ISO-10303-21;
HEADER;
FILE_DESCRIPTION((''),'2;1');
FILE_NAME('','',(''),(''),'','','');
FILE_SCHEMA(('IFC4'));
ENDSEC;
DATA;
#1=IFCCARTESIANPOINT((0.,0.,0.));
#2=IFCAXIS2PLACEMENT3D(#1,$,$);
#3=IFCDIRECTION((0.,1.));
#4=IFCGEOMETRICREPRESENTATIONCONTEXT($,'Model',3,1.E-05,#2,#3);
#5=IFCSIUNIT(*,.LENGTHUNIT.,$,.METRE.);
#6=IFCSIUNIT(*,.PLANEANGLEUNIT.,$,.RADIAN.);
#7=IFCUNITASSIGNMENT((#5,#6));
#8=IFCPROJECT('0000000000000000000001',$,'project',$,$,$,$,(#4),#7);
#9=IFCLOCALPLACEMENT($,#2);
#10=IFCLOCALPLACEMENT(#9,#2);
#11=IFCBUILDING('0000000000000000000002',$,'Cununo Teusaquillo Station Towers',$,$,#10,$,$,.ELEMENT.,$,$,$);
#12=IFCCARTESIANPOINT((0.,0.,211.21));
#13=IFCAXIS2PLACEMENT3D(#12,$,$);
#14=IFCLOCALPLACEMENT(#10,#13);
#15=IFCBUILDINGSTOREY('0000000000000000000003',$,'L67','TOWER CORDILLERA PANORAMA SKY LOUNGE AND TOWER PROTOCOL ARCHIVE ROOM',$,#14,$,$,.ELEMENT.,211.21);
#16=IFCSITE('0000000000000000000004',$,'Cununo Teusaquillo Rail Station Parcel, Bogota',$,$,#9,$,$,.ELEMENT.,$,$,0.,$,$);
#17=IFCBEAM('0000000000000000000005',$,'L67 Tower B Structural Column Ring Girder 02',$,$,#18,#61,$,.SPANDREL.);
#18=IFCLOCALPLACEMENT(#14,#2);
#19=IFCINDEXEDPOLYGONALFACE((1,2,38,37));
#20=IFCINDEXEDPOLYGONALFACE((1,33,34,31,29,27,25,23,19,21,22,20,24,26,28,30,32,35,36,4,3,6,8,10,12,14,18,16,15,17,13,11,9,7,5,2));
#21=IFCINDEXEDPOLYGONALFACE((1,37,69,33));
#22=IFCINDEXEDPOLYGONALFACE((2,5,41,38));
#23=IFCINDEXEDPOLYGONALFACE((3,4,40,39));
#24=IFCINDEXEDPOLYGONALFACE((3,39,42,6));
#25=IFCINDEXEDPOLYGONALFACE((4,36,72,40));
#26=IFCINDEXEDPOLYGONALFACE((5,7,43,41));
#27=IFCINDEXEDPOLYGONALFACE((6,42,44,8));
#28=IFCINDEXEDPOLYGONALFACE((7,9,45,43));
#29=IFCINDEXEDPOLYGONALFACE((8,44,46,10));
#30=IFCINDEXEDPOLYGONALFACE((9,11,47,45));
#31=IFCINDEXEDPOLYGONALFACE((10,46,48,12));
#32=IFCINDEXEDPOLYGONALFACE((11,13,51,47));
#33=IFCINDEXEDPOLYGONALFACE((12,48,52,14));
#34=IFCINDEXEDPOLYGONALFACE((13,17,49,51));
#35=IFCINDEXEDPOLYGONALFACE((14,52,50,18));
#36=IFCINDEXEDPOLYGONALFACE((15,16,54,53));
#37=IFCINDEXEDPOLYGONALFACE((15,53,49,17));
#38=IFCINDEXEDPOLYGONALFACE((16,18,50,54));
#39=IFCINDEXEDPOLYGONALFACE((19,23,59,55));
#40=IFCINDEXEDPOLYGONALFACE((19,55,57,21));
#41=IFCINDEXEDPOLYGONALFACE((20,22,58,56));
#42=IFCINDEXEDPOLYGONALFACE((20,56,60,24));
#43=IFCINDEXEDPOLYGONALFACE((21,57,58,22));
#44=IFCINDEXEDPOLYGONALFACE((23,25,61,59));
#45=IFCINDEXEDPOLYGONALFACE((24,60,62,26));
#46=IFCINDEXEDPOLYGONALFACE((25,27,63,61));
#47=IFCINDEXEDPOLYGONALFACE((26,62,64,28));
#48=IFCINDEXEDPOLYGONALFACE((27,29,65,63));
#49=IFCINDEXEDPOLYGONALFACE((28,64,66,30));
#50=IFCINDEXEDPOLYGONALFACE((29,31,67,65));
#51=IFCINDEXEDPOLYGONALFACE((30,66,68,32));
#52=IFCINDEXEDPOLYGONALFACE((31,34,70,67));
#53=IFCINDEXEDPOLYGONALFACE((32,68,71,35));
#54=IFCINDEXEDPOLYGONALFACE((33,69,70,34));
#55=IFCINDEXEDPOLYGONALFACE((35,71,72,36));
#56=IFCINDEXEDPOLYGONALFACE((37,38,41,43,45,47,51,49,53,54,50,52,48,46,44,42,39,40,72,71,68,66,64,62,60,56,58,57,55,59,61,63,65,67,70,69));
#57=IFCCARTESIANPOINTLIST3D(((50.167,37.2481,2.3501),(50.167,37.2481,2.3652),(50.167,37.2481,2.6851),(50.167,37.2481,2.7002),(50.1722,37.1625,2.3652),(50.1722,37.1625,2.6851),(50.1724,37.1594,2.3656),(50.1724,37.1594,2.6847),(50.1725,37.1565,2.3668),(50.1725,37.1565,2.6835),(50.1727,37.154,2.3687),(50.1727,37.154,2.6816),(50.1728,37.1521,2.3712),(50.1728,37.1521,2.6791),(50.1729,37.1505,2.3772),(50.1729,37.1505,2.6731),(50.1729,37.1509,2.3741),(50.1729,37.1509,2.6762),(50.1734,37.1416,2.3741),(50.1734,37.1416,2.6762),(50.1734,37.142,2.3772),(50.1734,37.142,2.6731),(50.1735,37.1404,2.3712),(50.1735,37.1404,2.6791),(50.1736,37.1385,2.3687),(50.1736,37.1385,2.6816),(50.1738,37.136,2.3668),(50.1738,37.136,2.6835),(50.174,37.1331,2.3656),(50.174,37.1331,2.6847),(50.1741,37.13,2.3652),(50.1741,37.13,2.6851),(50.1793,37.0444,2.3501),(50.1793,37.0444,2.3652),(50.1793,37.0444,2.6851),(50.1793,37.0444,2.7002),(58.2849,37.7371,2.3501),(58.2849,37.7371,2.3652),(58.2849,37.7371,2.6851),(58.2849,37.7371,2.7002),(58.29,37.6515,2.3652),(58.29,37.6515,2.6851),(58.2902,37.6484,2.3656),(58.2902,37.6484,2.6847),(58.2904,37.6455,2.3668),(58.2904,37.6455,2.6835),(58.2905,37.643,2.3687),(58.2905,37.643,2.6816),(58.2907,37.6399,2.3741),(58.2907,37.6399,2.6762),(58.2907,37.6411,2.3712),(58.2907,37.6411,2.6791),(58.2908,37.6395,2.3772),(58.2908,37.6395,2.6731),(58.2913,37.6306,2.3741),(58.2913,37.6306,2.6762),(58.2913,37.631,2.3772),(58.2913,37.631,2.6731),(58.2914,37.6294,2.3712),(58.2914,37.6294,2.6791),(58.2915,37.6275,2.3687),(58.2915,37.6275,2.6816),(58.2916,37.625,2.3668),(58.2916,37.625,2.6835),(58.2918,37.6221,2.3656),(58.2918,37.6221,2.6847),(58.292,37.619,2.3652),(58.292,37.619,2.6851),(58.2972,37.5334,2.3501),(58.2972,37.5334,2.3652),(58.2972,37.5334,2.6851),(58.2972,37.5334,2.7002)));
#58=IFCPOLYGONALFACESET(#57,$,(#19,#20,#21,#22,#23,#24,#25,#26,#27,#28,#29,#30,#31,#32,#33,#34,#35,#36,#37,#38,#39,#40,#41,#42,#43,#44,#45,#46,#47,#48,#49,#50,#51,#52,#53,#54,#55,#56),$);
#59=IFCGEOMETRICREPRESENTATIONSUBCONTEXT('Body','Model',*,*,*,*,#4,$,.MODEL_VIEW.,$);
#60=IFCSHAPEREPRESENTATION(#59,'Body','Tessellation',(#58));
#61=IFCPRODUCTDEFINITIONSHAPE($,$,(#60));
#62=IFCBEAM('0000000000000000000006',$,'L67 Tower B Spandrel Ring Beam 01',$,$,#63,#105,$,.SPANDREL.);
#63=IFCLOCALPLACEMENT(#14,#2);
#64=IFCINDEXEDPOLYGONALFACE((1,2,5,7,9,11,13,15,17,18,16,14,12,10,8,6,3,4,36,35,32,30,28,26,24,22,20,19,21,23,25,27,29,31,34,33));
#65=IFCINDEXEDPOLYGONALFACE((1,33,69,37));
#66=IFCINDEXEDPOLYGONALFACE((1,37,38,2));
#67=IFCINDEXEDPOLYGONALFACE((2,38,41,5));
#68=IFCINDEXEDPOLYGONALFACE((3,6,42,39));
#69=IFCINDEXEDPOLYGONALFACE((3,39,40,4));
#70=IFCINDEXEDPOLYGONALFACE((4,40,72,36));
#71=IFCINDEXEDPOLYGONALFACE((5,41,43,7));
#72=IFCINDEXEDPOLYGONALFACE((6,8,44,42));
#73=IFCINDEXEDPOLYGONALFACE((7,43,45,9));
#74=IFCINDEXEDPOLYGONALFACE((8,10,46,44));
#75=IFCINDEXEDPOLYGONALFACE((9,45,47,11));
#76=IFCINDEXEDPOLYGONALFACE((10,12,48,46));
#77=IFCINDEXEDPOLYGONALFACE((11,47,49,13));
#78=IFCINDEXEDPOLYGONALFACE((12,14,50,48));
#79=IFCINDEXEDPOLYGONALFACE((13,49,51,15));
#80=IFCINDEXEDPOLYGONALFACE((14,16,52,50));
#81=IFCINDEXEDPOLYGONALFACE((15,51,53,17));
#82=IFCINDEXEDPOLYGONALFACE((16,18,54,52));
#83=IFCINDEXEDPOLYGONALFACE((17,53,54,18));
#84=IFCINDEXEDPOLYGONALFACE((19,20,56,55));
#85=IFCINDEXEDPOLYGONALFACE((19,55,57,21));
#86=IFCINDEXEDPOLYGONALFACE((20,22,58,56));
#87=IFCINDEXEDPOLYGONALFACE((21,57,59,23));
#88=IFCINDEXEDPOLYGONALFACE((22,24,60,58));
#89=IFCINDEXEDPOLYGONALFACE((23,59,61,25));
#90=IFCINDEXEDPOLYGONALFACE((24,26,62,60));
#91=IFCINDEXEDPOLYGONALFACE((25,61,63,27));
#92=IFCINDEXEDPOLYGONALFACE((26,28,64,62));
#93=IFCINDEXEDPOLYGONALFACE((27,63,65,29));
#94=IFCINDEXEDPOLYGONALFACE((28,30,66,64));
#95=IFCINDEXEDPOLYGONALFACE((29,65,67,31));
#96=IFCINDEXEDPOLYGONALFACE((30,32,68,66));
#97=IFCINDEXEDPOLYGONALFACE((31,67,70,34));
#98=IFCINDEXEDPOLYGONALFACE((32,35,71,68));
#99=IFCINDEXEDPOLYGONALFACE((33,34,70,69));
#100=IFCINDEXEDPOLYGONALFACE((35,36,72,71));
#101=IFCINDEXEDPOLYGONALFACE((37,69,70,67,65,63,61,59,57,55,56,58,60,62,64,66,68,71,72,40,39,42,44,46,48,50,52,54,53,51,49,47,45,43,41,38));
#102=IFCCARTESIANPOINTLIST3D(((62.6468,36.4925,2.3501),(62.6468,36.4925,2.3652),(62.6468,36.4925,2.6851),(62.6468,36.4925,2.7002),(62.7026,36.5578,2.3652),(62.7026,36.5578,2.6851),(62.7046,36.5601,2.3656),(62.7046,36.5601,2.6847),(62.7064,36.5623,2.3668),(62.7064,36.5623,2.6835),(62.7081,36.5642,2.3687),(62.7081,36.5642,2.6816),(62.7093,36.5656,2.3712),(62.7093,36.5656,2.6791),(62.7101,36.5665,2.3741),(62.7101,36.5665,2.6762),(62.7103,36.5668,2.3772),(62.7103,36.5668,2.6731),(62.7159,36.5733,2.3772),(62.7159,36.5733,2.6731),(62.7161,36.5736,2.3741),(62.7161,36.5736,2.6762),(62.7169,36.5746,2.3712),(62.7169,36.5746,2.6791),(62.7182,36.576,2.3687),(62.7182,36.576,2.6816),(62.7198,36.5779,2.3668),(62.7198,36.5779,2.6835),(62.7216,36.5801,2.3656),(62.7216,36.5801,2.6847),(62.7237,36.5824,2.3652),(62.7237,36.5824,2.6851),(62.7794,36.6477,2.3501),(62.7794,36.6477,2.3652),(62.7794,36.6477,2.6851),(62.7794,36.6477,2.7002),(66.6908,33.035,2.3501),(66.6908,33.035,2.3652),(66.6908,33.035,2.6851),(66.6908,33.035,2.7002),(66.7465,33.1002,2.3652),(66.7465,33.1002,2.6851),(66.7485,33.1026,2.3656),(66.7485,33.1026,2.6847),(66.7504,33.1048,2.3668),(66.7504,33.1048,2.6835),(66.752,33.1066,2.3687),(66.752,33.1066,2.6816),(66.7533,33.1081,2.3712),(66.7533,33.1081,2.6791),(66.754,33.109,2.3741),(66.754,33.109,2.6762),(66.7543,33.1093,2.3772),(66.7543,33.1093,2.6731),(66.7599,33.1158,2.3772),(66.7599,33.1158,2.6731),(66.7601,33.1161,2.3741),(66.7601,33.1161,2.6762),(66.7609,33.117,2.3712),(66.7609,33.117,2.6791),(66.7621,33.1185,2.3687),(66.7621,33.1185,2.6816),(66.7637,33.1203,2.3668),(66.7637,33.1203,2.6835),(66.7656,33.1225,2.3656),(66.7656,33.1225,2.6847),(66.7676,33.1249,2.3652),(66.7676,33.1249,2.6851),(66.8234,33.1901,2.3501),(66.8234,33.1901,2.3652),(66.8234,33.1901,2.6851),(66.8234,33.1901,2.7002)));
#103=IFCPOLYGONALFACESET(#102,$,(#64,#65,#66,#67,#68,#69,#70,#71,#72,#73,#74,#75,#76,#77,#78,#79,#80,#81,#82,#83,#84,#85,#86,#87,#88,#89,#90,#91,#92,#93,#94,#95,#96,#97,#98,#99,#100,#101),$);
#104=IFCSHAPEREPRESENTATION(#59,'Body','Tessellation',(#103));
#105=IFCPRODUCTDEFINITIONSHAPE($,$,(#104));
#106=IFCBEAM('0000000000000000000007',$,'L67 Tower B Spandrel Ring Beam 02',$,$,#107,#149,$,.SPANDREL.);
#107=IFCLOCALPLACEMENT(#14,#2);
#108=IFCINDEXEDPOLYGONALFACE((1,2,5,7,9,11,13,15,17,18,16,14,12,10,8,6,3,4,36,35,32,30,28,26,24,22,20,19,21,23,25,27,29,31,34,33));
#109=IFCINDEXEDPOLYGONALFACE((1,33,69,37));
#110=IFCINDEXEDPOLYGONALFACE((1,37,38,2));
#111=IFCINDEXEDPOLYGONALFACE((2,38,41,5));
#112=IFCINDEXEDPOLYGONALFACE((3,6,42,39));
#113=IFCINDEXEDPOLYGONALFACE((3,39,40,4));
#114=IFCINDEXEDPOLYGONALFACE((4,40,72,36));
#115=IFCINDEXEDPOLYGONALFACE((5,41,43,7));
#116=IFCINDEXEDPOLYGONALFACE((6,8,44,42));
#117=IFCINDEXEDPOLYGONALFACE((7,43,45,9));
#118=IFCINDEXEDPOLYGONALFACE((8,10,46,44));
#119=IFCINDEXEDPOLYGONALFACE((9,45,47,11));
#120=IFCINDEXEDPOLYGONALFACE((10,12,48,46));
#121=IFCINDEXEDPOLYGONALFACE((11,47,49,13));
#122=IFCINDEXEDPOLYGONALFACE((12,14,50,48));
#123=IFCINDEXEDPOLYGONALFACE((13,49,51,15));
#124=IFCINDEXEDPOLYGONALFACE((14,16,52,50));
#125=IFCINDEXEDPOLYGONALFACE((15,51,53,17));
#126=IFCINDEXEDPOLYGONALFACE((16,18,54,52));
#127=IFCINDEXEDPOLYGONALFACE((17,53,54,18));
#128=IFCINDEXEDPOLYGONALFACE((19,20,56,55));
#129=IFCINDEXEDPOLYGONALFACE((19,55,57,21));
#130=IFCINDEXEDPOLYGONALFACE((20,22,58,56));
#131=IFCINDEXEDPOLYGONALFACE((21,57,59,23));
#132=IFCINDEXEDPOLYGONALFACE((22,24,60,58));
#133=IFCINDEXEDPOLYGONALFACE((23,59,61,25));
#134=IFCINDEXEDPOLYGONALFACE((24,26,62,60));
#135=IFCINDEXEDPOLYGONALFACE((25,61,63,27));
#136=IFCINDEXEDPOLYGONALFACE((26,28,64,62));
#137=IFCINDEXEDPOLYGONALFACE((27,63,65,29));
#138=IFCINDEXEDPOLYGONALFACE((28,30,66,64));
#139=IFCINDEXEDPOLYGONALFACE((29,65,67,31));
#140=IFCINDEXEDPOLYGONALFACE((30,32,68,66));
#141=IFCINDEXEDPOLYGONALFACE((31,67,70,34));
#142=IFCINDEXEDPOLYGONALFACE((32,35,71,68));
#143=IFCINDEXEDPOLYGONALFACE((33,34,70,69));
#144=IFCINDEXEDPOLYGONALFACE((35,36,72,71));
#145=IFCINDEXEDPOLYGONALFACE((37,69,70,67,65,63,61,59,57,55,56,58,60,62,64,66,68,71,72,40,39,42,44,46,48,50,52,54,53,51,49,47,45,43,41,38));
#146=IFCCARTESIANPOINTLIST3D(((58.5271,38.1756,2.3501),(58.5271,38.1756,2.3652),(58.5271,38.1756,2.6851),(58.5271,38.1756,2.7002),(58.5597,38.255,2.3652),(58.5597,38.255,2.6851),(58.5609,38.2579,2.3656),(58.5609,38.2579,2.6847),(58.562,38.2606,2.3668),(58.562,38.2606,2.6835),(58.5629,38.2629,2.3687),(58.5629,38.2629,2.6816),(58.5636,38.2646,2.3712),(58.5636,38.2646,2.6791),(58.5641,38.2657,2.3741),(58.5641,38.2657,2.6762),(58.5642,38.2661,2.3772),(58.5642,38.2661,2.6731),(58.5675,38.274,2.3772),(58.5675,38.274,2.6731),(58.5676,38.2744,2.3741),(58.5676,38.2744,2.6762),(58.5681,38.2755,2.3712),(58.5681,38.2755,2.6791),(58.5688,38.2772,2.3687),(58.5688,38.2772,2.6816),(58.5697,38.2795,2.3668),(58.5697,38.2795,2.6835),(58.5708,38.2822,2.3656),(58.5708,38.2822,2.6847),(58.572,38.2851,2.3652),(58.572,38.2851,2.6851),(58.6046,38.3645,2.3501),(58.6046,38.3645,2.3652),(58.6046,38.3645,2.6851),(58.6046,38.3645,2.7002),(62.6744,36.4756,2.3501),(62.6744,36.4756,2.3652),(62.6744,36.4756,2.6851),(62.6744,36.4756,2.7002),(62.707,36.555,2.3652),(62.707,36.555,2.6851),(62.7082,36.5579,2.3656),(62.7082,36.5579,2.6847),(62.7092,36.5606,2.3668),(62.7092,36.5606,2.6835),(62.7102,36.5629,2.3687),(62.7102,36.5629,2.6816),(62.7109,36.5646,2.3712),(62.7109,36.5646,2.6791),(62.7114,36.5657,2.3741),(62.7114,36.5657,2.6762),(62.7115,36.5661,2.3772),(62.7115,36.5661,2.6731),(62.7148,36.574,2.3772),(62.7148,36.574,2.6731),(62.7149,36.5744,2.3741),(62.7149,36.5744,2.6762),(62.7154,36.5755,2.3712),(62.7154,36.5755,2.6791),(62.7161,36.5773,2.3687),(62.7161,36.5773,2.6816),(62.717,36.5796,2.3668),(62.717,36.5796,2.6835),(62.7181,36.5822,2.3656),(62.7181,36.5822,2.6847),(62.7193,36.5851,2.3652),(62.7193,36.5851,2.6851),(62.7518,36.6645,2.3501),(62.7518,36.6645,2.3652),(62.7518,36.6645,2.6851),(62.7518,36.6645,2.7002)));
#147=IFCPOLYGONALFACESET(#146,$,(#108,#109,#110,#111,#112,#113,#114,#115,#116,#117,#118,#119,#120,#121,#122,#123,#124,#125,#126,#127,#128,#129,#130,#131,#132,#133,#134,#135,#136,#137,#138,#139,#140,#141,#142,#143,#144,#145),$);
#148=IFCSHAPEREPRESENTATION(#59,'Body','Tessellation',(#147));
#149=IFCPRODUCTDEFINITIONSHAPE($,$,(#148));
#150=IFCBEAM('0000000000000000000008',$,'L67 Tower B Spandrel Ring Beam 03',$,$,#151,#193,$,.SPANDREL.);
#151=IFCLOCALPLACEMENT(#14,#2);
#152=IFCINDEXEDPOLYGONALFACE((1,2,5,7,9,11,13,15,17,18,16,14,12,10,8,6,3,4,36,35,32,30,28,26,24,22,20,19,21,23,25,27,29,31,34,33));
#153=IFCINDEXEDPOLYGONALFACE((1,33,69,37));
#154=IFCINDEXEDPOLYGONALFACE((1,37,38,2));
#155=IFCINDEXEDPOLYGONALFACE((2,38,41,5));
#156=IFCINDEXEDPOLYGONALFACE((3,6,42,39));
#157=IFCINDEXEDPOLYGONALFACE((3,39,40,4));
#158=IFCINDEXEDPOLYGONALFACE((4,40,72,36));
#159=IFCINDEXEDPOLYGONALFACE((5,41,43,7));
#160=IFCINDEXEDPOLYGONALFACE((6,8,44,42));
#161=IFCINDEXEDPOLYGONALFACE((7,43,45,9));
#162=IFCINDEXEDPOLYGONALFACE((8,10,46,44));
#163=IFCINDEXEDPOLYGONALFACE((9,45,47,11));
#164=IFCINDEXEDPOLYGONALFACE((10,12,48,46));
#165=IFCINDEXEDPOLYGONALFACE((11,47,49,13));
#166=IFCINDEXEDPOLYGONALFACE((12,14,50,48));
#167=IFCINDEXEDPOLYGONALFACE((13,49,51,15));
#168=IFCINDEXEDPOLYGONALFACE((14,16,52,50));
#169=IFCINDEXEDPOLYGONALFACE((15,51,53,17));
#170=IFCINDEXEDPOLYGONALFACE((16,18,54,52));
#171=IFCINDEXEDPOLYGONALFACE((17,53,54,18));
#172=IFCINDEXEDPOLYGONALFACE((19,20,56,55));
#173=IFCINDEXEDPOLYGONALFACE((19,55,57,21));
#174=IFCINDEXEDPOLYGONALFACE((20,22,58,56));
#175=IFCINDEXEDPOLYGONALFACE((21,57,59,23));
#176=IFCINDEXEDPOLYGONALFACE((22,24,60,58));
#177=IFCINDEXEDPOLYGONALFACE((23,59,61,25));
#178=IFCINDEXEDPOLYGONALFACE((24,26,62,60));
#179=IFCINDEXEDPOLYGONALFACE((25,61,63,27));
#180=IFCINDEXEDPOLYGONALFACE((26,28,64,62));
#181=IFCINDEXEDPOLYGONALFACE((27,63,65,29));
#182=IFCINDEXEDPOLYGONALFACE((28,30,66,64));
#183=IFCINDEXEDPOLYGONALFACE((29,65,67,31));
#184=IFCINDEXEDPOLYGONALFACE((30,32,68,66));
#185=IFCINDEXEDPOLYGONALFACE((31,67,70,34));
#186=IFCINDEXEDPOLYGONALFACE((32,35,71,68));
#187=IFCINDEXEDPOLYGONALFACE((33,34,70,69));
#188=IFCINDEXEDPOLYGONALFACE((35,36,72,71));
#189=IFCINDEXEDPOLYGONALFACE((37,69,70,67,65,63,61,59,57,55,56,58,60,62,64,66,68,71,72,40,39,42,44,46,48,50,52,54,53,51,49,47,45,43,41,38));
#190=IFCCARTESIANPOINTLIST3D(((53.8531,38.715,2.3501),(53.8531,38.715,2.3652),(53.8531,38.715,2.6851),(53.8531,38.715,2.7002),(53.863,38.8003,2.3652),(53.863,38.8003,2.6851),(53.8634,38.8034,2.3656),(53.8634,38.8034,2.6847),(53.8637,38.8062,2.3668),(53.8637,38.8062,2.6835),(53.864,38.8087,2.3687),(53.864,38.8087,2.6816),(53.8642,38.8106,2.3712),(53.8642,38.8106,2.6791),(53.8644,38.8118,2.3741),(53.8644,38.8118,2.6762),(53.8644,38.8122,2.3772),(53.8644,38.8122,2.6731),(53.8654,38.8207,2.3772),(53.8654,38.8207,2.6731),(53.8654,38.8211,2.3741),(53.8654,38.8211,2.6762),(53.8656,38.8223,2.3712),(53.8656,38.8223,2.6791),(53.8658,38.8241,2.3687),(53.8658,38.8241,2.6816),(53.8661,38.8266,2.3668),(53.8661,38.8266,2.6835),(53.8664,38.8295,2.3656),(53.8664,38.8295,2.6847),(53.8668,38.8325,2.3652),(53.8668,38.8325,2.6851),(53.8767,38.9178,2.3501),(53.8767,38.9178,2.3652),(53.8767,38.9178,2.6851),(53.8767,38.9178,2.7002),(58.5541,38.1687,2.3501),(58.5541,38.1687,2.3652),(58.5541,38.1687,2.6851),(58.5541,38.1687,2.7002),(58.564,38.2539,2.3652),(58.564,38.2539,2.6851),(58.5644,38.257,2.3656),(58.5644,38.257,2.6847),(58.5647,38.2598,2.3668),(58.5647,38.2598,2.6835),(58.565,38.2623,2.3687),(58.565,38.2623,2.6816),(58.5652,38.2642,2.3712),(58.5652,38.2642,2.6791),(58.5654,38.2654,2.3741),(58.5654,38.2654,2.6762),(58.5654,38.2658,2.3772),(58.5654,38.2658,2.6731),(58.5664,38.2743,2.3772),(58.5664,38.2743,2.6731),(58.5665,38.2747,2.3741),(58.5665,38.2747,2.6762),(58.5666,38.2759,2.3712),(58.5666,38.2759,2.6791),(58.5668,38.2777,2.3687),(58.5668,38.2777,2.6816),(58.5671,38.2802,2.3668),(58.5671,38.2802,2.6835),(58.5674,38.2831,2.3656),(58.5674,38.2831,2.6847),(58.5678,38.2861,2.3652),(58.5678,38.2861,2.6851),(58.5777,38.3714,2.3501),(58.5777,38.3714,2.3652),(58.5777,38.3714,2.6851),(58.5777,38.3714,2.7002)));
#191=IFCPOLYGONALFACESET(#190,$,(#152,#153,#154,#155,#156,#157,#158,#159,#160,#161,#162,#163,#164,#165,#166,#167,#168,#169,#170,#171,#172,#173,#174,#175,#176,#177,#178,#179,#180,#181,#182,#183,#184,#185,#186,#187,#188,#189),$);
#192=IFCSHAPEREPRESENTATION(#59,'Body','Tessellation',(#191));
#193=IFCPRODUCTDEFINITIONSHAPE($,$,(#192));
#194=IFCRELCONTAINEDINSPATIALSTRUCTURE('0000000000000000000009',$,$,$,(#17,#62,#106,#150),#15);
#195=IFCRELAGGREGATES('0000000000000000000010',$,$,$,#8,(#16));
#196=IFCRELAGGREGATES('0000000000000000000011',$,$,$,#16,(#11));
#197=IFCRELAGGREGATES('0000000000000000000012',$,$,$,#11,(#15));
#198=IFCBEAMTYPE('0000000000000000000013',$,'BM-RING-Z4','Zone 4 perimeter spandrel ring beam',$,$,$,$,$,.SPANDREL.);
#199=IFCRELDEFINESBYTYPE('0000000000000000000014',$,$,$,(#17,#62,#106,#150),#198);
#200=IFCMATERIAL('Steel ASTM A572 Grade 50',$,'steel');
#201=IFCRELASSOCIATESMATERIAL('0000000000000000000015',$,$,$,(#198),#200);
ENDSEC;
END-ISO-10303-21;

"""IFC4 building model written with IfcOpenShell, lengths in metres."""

from ifc_helpers import new_model, si_unit, direction, frame, origin, origin_2d, place, context, subcontext, project, spatial, i_section, extrude, material, material_profile, profile_set, type_object, element, save


model = new_model("IFC4")

# Units and contexts
model_context = context("Model", 3, precision=1e-05, world=origin(), true_north=direction((0.0, 1.0)))
body_context = subcontext(model_context, "Body", "Model", "MODEL_VIEW")
ifc_project = project(units=[si_unit("LENGTHUNIT", "METRE"), si_unit("PLANEANGLEUNIT", "RADIAN")], contexts=[model_context])

# Site, building, storey
site_placement = place(None, origin())
site = spatial("IfcSite", under=ifc_project, at=site_placement, Name="Cununo Teusaquillo Rail Station Parcel, Bogota", CompositionType="ELEMENT", RefElevation=0.0)
building_placement = place(site_placement, origin())
building = spatial("IfcBuilding", under=site, at=building_placement, Name="Cununo Teusaquillo Station Towers", CompositionType="ELEMENT")
storey_placement = place(building_placement, frame((0.0, 0.0, 211.21)))
storey = spatial("IfcBuildingStorey", under=building, at=storey_placement, Name="L67", Description="TOWER CORDILLERA PANORAMA SKY LOUNGE AND TOWER PROTOCOL ARCHIVE ROOM", CompositionType="ELEMENT", Elevation=211.21)

# Beams
ifc_material_1 = material(Name="Steel ASTM A572 Grade 50", Category="steel")
ifc_material_profile_1 = material_profile(ifc_material_1, i_section(OverallWidth=0.2041, OverallDepth=0.3501, WebThickness=0.0085, FlangeThickness=0.0151, FilletRadius=0.012, at=origin_2d()), Name="W14X48")
ifc_profile_set_1 = profile_set([ifc_material_profile_1], Name="Steel ASTM A572 Grade 50")
beam_type_1 = type_object("IfcBeamType", Name="BM-RING-Z4", Description="Zone 4 perimeter spandrel ring beam", PredefinedType="SPANDREL", material=ifc_profile_set_1)
beam_1_placement = place(storey_placement, frame((58.291, 37.6353, 2.5251), z_axis=(-0.998191, -0.06013, 0.0), x_axis=(0.06013, -0.998191, 0.0)))
element("IfcBeam", 1, at=beam_1_placement, inside=storey, type_object=beam_type_1, Name="L67 Tower B Structural Column Ring Girder 02", PredefinedType="SPANDREL", context=body_context, shape_type="SweptSolid", body=[
    extrude(i_section(OverallWidth=0.2041, OverallDepth=0.3501, WebThickness=0.0085, FlangeThickness=0.0151, FilletRadius=0.012, at=origin_2d()), origin(), (0.0, 0.0, 1.0), 8.1326),
])
beam_2_placement = place(storey_placement, frame((66.7571, 33.1125, 2.5251), z_axis=(-0.760066, 0.649846, 0.0), x_axis=(-0.649846, -0.760066, 0.0)))
element("IfcBeam", 2, at=beam_2_placement, inside=storey, type_object=beam_type_1, Name="L67 Tower B Spandrel Ring Beam 01", PredefinedType="SPANDREL", context=body_context, shape_type="SweptSolid", body=[
    extrude(i_section(OverallWidth=0.2041, OverallDepth=0.3501, WebThickness=0.0085, FlangeThickness=0.0151, FilletRadius=0.012, at=origin_2d()), origin(), (0.0, 0.0, 1.0), 5.3206),
])
beam_3_placement = place(storey_placement, frame((62.7131, 36.5701, 2.5251), z_axis=(-0.925284, 0.379275, 0.0), x_axis=(-0.379275, -0.925284, 0.0)))
element("IfcBeam", 3, at=beam_3_placement, inside=storey, type_object=beam_type_1, Name="L67 Tower B Spandrel Ring Beam 02", PredefinedType="SPANDREL", context=body_context, shape_type="SweptSolid", body=[
    extrude(i_section(OverallWidth=0.2041, OverallDepth=0.3501, WebThickness=0.0085, FlangeThickness=0.0151, FilletRadius=0.012, at=origin_2d()), origin(), (0.0, 0.0, 1.0), 4.4822),
])
beam_4_placement = place(storey_placement, frame((58.5659, 38.27, 2.5251), z_axis=(-0.993313, 0.115452, 0.0), x_axis=(-0.115452, -0.993313, 0.0)))
element("IfcBeam", 4, at=beam_4_placement, inside=storey, type_object=beam_type_1, Name="L67 Tower B Spandrel Ring Beam 03", PredefinedType="SPANDREL", context=body_context, shape_type="SweptSolid", body=[
    extrude(i_section(OverallWidth=0.2041, OverallDepth=0.3501, WebThickness=0.0085, FlangeThickness=0.0151, FilletRadius=0.012, at=origin_2d()), origin(), (0.0, 0.0, 1.0), 4.7327),
])

save(model, "model.ifc")
